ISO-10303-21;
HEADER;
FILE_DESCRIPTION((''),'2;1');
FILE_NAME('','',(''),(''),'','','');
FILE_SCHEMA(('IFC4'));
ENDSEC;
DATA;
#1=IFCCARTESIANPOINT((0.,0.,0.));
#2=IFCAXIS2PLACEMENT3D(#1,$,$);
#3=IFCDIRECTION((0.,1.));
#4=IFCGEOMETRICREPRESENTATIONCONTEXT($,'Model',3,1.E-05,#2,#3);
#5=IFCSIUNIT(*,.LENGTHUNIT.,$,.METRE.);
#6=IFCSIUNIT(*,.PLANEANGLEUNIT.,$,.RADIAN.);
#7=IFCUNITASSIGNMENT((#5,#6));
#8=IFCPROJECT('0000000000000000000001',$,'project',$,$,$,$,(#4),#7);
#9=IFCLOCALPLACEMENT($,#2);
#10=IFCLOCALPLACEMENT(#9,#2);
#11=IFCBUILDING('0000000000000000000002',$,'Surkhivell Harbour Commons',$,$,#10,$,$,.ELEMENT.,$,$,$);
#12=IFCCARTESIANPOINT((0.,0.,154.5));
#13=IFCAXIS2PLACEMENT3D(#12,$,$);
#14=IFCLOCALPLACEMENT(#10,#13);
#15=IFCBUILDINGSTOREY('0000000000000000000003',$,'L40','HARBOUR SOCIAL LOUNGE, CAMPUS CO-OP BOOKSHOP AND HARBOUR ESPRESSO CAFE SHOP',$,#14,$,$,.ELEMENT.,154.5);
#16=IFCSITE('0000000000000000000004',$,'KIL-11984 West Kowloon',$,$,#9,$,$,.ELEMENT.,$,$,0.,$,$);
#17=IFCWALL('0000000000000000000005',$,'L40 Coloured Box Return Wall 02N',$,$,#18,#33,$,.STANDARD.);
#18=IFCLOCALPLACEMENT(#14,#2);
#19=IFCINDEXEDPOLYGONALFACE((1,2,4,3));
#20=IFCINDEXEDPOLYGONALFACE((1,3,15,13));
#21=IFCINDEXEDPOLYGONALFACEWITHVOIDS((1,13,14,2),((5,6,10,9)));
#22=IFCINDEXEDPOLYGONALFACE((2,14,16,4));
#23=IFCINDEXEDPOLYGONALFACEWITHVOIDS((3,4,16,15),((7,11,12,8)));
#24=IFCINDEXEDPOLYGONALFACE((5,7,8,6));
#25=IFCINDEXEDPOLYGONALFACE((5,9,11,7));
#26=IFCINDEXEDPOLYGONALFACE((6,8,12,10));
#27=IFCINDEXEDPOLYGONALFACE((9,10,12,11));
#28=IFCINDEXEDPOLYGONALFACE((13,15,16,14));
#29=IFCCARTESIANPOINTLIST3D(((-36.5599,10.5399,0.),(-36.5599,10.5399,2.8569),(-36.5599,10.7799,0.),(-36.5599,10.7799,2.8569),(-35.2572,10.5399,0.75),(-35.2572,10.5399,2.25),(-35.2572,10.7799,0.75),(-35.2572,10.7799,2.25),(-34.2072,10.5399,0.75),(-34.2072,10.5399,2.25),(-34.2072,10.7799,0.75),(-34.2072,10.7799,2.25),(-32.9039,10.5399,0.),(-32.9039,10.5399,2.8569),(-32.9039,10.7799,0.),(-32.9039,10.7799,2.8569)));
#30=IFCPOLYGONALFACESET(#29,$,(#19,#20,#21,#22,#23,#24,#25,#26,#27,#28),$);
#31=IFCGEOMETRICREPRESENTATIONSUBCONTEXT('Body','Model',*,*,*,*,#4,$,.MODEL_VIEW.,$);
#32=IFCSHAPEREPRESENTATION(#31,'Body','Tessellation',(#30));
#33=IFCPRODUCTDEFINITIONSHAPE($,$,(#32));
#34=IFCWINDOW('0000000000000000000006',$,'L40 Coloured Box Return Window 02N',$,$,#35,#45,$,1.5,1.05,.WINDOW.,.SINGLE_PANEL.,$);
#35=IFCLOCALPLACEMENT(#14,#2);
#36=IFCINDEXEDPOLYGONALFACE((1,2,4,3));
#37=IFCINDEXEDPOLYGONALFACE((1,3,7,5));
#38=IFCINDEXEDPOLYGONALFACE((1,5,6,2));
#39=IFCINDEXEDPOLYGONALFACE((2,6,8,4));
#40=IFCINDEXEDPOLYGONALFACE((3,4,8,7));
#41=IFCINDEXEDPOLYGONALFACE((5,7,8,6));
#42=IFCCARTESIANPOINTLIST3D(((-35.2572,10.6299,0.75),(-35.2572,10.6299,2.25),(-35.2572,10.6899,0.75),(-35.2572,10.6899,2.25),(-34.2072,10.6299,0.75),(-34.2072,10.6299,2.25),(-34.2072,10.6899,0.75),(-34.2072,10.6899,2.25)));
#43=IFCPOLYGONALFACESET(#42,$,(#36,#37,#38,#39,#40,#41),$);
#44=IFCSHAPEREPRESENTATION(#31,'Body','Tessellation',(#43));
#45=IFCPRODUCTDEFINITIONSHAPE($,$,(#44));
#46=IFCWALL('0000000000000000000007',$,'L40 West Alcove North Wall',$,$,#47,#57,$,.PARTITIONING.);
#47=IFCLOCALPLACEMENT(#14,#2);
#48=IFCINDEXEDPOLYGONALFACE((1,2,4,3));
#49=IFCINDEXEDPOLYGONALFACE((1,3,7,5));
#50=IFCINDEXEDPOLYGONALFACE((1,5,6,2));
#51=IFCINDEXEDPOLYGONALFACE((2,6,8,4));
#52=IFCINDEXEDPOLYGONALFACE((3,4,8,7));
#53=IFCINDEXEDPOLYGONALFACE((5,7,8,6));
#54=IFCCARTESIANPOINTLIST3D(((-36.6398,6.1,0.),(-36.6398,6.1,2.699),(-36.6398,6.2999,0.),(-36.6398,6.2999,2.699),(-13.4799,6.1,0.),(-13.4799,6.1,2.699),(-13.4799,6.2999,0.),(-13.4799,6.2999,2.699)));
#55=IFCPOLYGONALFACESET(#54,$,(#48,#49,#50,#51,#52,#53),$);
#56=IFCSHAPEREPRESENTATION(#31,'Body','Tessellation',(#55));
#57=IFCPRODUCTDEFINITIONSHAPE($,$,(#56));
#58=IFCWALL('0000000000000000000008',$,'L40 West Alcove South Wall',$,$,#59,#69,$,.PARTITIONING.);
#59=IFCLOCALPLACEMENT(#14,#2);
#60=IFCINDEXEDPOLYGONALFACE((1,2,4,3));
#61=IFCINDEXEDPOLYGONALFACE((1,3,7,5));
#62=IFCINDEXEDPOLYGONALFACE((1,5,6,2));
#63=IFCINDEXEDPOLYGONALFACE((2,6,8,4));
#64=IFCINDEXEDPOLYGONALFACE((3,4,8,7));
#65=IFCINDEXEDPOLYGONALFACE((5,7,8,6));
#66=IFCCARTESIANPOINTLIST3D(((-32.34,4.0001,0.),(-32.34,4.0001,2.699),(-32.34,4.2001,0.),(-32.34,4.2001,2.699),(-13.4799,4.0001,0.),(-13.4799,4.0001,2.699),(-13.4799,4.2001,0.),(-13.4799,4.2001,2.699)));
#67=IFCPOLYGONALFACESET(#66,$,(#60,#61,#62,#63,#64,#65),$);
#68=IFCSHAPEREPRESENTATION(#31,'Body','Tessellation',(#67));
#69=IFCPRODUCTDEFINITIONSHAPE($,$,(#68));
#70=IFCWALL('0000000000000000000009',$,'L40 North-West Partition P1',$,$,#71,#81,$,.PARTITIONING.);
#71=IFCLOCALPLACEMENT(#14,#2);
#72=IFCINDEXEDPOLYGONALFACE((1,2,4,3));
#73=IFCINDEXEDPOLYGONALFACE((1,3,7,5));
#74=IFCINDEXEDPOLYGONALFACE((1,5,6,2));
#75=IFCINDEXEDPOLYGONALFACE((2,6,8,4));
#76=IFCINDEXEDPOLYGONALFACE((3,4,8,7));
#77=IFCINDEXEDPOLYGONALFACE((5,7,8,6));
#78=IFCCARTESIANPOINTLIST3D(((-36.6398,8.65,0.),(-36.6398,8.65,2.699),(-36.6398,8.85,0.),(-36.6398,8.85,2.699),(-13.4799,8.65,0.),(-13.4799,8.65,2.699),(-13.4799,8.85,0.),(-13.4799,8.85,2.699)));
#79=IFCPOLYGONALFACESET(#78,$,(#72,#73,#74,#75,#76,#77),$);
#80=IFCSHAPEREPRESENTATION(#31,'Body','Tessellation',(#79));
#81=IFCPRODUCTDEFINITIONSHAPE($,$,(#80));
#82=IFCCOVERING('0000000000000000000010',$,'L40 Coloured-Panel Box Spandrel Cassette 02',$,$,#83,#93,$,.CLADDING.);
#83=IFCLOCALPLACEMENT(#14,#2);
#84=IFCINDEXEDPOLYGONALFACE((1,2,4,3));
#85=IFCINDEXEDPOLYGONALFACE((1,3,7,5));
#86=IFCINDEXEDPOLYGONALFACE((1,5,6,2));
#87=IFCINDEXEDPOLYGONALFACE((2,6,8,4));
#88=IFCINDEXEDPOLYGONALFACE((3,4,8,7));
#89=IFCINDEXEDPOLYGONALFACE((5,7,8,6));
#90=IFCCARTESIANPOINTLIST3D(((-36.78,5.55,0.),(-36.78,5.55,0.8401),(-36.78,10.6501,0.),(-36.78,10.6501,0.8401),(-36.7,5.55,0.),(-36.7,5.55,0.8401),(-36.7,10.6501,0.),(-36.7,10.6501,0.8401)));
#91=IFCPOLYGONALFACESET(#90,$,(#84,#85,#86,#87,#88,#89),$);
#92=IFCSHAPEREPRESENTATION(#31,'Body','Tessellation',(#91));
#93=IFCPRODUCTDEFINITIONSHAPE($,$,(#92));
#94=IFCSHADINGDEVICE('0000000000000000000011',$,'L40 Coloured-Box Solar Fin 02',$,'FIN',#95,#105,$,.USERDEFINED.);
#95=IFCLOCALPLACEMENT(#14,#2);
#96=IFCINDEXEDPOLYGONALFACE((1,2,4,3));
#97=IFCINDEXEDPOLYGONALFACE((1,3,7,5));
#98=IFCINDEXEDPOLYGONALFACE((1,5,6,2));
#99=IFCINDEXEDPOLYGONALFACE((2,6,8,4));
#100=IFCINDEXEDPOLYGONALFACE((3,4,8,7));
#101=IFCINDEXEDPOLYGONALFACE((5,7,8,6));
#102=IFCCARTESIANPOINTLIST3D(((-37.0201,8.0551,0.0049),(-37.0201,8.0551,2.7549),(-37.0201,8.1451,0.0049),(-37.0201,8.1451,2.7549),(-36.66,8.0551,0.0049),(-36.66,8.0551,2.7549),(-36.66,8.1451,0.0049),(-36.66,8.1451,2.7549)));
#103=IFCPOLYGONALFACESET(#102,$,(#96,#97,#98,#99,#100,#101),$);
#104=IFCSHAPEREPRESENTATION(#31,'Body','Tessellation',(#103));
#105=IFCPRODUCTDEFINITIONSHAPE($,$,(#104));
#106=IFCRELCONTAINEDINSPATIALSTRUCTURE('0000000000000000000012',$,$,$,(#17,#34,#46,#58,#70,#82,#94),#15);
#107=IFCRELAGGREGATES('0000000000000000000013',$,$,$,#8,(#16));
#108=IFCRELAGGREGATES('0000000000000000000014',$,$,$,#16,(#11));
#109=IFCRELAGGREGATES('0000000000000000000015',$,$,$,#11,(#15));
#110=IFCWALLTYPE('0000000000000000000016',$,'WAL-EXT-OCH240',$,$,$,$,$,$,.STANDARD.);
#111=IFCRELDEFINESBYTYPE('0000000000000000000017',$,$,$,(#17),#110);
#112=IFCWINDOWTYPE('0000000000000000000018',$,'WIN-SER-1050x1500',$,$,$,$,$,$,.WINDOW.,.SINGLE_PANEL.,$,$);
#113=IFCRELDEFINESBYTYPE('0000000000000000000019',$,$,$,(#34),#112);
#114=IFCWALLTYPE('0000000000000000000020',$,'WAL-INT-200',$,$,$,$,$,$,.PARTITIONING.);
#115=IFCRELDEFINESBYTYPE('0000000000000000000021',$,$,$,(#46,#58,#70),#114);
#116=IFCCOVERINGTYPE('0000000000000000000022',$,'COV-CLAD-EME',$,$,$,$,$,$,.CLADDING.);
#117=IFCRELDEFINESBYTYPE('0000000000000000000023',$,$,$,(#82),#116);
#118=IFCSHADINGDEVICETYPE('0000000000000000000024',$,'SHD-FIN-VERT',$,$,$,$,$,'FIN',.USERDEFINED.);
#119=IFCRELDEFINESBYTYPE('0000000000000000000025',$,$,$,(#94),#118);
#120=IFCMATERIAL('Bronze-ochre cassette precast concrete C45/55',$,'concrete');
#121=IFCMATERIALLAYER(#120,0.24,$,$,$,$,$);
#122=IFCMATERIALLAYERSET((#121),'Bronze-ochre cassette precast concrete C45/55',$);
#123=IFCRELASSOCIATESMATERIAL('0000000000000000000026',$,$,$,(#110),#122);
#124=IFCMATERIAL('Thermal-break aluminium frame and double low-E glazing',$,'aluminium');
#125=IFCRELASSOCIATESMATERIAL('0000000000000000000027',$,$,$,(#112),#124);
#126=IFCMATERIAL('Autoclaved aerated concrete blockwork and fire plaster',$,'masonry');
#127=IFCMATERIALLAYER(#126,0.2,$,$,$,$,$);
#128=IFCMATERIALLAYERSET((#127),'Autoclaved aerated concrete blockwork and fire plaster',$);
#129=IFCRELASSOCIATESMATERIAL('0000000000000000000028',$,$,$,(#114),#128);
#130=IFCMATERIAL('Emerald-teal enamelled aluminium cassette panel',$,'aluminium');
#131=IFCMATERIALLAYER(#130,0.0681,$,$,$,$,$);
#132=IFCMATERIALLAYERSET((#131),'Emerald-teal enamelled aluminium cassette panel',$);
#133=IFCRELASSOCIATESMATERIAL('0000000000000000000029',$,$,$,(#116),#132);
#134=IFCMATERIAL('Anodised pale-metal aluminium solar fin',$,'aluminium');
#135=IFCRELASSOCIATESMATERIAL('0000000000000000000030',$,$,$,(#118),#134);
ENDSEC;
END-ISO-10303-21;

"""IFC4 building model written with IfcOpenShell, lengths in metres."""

from ifc_helpers import new_model, si_unit, direction, frame, frame_2d, origin, origin_2d, place, context, subcontext, project, spatial, rectangle, extrude, material, layer, layer_set, type_object, element, fill, save


model = new_model("IFC4")

# Units and contexts
model_context = context("Model", 3, precision=1e-05, world=origin(), true_north=direction((0.0, 1.0)))
body_context = subcontext(model_context, "Body", "Model", "MODEL_VIEW")
ifc_project = project(units=[si_unit("LENGTHUNIT", "METRE"), si_unit("PLANEANGLEUNIT", "RADIAN")], contexts=[model_context])

# Site, building, storey
site_placement = place(None, origin())
site = spatial("IfcSite", under=ifc_project, at=site_placement, Name="KIL-11984 West Kowloon", CompositionType="ELEMENT", RefElevation=0.0)
building_placement = place(site_placement, origin())
building = spatial("IfcBuilding", under=site, at=building_placement, Name="Surkhivell Harbour Commons", CompositionType="ELEMENT")
storey_placement = place(building_placement, frame((0.0, 0.0, 154.5)))
storey = spatial("IfcBuildingStorey", under=building, at=storey_placement, Name="L40", Description="HARBOUR SOCIAL LOUNGE, CAMPUS CO-OP BOOKSHOP AND HARBOUR ESPRESSO CAFE SHOP", CompositionType="ELEMENT", Elevation=154.5)

# Wall, opening, window
ifc_material_1 = material(Name="Bronze-ochre cassette precast concrete C45/55", Category="concrete")
ifc_layer_1 = layer(ifc_material_1, 0.24)
ifc_layer_set_1 = layer_set([ifc_layer_1], Name="Bronze-ochre cassette precast concrete C45/55")
wall_type_1 = type_object("IfcWallType", Name="WAL-EXT-OCH240", PredefinedType="STANDARD", material=ifc_layer_set_1)
ifc_material_2 = material(Name="Thermal-break aluminium frame and double low-E glazing", Category="aluminium")
window_type_1 = type_object("IfcWindowType", Name="WIN-SER-1050x1500", PartitioningType="SINGLE_PANEL", PredefinedType="WINDOW", material=ifc_material_2)
wall_1_placement = place(storey_placement, frame((-36.5601, 10.6599, 0.0), z_axis=(0.0, 0.0, 1.0), x_axis=(1.0, 0.0, 0.0)))
wall_1 = element("IfcWall", 1, at=wall_1_placement, inside=storey, type_object=wall_type_1, Name="L40 Coloured Box Return Wall 02N", PredefinedType="STANDARD", context=body_context, shape_type="SweptSolid", body=[
    extrude(rectangle(XDim=3.656, YDim=0.24, at=frame_2d((1.8281, 0.0))), origin(), (0.0, 0.0, 1.0), 2.8569),
])
opening_1_placement = place(wall_1_placement, frame((1.303, 0.0, 0.75)))
opening_1 = element("IfcOpeningElement", 2, at=opening_1_placement, cuts=wall_1, PredefinedType="OPENING", context=body_context, shape_type="SweptSolid", body=[
    extrude(rectangle(XDim=1.05, YDim=1.5, at=frame_2d((0.5249, 0.75))), frame((0.0, 0.1299, 0.0), z_axis=(0.0, -1.0, 0.0), x_axis=(1.0, 0.0, 0.0)), (0.0, 0.0, 1.0), 0.26),
])
window_1_placement = place(opening_1_placement, origin())
window_1 = element("IfcWindow", 3, at=window_1_placement, inside=storey, type_object=window_type_1, Name="L40 Coloured Box Return Window 02N", OverallHeight=1.5, OverallWidth=1.05, PartitioningType="SINGLE_PANEL", PredefinedType="WINDOW", context=body_context, shape_type="SweptSolid", body=[
    extrude(rectangle(XDim=1.05, YDim=1.5, at=frame_2d((0.5249, 0.75))), frame((0.0, 0.03, 0.0), z_axis=(0.0, -1.0, 0.0), x_axis=(1.0, 0.0, 0.0)), (0.0, 0.0, 1.0), 0.0601),
])
fill(opening_1, window_1)

# Walls
ifc_material_3 = material(Name="Autoclaved aerated concrete blockwork and fire plaster", Category="masonry")
ifc_layer_2 = layer(ifc_material_3, 0.2)
ifc_layer_set_2 = layer_set([ifc_layer_2], Name="Autoclaved aerated concrete blockwork and fire plaster")
wall_type_2 = type_object("IfcWallType", Name="WAL-INT-200", PredefinedType="PARTITIONING", material=ifc_layer_set_2)
wall_2_placement = place(storey_placement, frame((-36.6399, 6.2, 0.0), z_axis=(0.0, 0.0, 1.0), x_axis=(1.0, 0.0, 0.0)))
element("IfcWall", 4, at=wall_2_placement, inside=storey, type_object=wall_type_2, Name="L40 West Alcove North Wall", PredefinedType="PARTITIONING", context=body_context, shape_type="SweptSolid", body=[
    extrude(rectangle(XDim=23.1599, YDim=0.2, at=frame_2d((11.5801, 0.0))), origin(), (0.0, 0.0, 1.0), 2.699),
])
wall_3_placement = place(storey_placement, frame((-32.3401, 4.1001, 0.0), z_axis=(0.0, 0.0, 1.0), x_axis=(1.0, 0.0, 0.0)))
element("IfcWall", 5, at=wall_3_placement, inside=storey, type_object=wall_type_2, Name="L40 West Alcove South Wall", PredefinedType="PARTITIONING", context=body_context, shape_type="SweptSolid", body=[
    extrude(rectangle(XDim=18.8601, YDim=0.2, at=frame_2d((9.4302, 0.0))), origin(), (0.0, 0.0, 1.0), 2.699),
])
wall_4_placement = place(storey_placement, frame((-36.6399, 8.75, 0.0), z_axis=(0.0, 0.0, 1.0), x_axis=(1.0, 0.0, 0.0)))
element("IfcWall", 6, at=wall_4_placement, inside=storey, type_object=wall_type_2, Name="L40 North-West Partition P1", PredefinedType="PARTITIONING", context=body_context, shape_type="SweptSolid", body=[
    extrude(rectangle(XDim=23.1599, YDim=0.2, at=frame_2d((11.5801, 0.0))), origin(), (0.0, 0.0, 1.0), 2.699),
])

# Covering
ifc_material_4 = material(Name="Emerald-teal enamelled aluminium cassette panel", Category="aluminium")
ifc_layer_3 = layer(ifc_material_4, 0.0681)
ifc_layer_set_3 = layer_set([ifc_layer_3], Name="Emerald-teal enamelled aluminium cassette panel")
covering_type = type_object("IfcCoveringType", Name="COV-CLAD-EME", PredefinedType="CLADDING", material=ifc_layer_set_3)
covering_placement = place(storey_placement, frame((-36.74, 8.1001, 0.0), z_axis=(0.0, 0.0, 1.0), x_axis=(1.0, 0.0, 0.0)))
element("IfcCovering", 7, at=covering_placement, inside=storey, type_object=covering_type, Name="L40 Coloured-Panel Box Spandrel Cassette 02", PredefinedType="CLADDING", context=body_context, shape_type="SweptSolid", body=[
    extrude(rectangle(XDim=0.0801, YDim=5.1001, at=origin_2d()), origin(), (0.0, 0.0, 1.0), 0.8401),
])

# Shading device
ifc_material_5 = material(Name="Anodised pale-metal aluminium solar fin", Category="aluminium")
shading_device_type = type_object("IfcShadingDeviceType", Name="SHD-FIN-VERT", ElementType="FIN", PredefinedType="USERDEFINED", material=ifc_material_5)
shading_device_placement = place(storey_placement, frame((-36.8401, 8.1001, 0.0049), z_axis=(0.0, 0.0, 1.0), x_axis=(1.0, 0.0, 0.0)))
element("IfcShadingDevice", 8, at=shading_device_placement, inside=storey, type_object=shading_device_type, Name="L40 Coloured-Box Solar Fin 02", ObjectType="FIN", PredefinedType="USERDEFINED", context=body_context, shape_type="SweptSolid", body=[
    extrude(rectangle(XDim=0.3601, YDim=0.0901, at=origin_2d()), origin(), (0.0, 0.0, 1.0), 2.75),
])

save(model, "model.ifc")
